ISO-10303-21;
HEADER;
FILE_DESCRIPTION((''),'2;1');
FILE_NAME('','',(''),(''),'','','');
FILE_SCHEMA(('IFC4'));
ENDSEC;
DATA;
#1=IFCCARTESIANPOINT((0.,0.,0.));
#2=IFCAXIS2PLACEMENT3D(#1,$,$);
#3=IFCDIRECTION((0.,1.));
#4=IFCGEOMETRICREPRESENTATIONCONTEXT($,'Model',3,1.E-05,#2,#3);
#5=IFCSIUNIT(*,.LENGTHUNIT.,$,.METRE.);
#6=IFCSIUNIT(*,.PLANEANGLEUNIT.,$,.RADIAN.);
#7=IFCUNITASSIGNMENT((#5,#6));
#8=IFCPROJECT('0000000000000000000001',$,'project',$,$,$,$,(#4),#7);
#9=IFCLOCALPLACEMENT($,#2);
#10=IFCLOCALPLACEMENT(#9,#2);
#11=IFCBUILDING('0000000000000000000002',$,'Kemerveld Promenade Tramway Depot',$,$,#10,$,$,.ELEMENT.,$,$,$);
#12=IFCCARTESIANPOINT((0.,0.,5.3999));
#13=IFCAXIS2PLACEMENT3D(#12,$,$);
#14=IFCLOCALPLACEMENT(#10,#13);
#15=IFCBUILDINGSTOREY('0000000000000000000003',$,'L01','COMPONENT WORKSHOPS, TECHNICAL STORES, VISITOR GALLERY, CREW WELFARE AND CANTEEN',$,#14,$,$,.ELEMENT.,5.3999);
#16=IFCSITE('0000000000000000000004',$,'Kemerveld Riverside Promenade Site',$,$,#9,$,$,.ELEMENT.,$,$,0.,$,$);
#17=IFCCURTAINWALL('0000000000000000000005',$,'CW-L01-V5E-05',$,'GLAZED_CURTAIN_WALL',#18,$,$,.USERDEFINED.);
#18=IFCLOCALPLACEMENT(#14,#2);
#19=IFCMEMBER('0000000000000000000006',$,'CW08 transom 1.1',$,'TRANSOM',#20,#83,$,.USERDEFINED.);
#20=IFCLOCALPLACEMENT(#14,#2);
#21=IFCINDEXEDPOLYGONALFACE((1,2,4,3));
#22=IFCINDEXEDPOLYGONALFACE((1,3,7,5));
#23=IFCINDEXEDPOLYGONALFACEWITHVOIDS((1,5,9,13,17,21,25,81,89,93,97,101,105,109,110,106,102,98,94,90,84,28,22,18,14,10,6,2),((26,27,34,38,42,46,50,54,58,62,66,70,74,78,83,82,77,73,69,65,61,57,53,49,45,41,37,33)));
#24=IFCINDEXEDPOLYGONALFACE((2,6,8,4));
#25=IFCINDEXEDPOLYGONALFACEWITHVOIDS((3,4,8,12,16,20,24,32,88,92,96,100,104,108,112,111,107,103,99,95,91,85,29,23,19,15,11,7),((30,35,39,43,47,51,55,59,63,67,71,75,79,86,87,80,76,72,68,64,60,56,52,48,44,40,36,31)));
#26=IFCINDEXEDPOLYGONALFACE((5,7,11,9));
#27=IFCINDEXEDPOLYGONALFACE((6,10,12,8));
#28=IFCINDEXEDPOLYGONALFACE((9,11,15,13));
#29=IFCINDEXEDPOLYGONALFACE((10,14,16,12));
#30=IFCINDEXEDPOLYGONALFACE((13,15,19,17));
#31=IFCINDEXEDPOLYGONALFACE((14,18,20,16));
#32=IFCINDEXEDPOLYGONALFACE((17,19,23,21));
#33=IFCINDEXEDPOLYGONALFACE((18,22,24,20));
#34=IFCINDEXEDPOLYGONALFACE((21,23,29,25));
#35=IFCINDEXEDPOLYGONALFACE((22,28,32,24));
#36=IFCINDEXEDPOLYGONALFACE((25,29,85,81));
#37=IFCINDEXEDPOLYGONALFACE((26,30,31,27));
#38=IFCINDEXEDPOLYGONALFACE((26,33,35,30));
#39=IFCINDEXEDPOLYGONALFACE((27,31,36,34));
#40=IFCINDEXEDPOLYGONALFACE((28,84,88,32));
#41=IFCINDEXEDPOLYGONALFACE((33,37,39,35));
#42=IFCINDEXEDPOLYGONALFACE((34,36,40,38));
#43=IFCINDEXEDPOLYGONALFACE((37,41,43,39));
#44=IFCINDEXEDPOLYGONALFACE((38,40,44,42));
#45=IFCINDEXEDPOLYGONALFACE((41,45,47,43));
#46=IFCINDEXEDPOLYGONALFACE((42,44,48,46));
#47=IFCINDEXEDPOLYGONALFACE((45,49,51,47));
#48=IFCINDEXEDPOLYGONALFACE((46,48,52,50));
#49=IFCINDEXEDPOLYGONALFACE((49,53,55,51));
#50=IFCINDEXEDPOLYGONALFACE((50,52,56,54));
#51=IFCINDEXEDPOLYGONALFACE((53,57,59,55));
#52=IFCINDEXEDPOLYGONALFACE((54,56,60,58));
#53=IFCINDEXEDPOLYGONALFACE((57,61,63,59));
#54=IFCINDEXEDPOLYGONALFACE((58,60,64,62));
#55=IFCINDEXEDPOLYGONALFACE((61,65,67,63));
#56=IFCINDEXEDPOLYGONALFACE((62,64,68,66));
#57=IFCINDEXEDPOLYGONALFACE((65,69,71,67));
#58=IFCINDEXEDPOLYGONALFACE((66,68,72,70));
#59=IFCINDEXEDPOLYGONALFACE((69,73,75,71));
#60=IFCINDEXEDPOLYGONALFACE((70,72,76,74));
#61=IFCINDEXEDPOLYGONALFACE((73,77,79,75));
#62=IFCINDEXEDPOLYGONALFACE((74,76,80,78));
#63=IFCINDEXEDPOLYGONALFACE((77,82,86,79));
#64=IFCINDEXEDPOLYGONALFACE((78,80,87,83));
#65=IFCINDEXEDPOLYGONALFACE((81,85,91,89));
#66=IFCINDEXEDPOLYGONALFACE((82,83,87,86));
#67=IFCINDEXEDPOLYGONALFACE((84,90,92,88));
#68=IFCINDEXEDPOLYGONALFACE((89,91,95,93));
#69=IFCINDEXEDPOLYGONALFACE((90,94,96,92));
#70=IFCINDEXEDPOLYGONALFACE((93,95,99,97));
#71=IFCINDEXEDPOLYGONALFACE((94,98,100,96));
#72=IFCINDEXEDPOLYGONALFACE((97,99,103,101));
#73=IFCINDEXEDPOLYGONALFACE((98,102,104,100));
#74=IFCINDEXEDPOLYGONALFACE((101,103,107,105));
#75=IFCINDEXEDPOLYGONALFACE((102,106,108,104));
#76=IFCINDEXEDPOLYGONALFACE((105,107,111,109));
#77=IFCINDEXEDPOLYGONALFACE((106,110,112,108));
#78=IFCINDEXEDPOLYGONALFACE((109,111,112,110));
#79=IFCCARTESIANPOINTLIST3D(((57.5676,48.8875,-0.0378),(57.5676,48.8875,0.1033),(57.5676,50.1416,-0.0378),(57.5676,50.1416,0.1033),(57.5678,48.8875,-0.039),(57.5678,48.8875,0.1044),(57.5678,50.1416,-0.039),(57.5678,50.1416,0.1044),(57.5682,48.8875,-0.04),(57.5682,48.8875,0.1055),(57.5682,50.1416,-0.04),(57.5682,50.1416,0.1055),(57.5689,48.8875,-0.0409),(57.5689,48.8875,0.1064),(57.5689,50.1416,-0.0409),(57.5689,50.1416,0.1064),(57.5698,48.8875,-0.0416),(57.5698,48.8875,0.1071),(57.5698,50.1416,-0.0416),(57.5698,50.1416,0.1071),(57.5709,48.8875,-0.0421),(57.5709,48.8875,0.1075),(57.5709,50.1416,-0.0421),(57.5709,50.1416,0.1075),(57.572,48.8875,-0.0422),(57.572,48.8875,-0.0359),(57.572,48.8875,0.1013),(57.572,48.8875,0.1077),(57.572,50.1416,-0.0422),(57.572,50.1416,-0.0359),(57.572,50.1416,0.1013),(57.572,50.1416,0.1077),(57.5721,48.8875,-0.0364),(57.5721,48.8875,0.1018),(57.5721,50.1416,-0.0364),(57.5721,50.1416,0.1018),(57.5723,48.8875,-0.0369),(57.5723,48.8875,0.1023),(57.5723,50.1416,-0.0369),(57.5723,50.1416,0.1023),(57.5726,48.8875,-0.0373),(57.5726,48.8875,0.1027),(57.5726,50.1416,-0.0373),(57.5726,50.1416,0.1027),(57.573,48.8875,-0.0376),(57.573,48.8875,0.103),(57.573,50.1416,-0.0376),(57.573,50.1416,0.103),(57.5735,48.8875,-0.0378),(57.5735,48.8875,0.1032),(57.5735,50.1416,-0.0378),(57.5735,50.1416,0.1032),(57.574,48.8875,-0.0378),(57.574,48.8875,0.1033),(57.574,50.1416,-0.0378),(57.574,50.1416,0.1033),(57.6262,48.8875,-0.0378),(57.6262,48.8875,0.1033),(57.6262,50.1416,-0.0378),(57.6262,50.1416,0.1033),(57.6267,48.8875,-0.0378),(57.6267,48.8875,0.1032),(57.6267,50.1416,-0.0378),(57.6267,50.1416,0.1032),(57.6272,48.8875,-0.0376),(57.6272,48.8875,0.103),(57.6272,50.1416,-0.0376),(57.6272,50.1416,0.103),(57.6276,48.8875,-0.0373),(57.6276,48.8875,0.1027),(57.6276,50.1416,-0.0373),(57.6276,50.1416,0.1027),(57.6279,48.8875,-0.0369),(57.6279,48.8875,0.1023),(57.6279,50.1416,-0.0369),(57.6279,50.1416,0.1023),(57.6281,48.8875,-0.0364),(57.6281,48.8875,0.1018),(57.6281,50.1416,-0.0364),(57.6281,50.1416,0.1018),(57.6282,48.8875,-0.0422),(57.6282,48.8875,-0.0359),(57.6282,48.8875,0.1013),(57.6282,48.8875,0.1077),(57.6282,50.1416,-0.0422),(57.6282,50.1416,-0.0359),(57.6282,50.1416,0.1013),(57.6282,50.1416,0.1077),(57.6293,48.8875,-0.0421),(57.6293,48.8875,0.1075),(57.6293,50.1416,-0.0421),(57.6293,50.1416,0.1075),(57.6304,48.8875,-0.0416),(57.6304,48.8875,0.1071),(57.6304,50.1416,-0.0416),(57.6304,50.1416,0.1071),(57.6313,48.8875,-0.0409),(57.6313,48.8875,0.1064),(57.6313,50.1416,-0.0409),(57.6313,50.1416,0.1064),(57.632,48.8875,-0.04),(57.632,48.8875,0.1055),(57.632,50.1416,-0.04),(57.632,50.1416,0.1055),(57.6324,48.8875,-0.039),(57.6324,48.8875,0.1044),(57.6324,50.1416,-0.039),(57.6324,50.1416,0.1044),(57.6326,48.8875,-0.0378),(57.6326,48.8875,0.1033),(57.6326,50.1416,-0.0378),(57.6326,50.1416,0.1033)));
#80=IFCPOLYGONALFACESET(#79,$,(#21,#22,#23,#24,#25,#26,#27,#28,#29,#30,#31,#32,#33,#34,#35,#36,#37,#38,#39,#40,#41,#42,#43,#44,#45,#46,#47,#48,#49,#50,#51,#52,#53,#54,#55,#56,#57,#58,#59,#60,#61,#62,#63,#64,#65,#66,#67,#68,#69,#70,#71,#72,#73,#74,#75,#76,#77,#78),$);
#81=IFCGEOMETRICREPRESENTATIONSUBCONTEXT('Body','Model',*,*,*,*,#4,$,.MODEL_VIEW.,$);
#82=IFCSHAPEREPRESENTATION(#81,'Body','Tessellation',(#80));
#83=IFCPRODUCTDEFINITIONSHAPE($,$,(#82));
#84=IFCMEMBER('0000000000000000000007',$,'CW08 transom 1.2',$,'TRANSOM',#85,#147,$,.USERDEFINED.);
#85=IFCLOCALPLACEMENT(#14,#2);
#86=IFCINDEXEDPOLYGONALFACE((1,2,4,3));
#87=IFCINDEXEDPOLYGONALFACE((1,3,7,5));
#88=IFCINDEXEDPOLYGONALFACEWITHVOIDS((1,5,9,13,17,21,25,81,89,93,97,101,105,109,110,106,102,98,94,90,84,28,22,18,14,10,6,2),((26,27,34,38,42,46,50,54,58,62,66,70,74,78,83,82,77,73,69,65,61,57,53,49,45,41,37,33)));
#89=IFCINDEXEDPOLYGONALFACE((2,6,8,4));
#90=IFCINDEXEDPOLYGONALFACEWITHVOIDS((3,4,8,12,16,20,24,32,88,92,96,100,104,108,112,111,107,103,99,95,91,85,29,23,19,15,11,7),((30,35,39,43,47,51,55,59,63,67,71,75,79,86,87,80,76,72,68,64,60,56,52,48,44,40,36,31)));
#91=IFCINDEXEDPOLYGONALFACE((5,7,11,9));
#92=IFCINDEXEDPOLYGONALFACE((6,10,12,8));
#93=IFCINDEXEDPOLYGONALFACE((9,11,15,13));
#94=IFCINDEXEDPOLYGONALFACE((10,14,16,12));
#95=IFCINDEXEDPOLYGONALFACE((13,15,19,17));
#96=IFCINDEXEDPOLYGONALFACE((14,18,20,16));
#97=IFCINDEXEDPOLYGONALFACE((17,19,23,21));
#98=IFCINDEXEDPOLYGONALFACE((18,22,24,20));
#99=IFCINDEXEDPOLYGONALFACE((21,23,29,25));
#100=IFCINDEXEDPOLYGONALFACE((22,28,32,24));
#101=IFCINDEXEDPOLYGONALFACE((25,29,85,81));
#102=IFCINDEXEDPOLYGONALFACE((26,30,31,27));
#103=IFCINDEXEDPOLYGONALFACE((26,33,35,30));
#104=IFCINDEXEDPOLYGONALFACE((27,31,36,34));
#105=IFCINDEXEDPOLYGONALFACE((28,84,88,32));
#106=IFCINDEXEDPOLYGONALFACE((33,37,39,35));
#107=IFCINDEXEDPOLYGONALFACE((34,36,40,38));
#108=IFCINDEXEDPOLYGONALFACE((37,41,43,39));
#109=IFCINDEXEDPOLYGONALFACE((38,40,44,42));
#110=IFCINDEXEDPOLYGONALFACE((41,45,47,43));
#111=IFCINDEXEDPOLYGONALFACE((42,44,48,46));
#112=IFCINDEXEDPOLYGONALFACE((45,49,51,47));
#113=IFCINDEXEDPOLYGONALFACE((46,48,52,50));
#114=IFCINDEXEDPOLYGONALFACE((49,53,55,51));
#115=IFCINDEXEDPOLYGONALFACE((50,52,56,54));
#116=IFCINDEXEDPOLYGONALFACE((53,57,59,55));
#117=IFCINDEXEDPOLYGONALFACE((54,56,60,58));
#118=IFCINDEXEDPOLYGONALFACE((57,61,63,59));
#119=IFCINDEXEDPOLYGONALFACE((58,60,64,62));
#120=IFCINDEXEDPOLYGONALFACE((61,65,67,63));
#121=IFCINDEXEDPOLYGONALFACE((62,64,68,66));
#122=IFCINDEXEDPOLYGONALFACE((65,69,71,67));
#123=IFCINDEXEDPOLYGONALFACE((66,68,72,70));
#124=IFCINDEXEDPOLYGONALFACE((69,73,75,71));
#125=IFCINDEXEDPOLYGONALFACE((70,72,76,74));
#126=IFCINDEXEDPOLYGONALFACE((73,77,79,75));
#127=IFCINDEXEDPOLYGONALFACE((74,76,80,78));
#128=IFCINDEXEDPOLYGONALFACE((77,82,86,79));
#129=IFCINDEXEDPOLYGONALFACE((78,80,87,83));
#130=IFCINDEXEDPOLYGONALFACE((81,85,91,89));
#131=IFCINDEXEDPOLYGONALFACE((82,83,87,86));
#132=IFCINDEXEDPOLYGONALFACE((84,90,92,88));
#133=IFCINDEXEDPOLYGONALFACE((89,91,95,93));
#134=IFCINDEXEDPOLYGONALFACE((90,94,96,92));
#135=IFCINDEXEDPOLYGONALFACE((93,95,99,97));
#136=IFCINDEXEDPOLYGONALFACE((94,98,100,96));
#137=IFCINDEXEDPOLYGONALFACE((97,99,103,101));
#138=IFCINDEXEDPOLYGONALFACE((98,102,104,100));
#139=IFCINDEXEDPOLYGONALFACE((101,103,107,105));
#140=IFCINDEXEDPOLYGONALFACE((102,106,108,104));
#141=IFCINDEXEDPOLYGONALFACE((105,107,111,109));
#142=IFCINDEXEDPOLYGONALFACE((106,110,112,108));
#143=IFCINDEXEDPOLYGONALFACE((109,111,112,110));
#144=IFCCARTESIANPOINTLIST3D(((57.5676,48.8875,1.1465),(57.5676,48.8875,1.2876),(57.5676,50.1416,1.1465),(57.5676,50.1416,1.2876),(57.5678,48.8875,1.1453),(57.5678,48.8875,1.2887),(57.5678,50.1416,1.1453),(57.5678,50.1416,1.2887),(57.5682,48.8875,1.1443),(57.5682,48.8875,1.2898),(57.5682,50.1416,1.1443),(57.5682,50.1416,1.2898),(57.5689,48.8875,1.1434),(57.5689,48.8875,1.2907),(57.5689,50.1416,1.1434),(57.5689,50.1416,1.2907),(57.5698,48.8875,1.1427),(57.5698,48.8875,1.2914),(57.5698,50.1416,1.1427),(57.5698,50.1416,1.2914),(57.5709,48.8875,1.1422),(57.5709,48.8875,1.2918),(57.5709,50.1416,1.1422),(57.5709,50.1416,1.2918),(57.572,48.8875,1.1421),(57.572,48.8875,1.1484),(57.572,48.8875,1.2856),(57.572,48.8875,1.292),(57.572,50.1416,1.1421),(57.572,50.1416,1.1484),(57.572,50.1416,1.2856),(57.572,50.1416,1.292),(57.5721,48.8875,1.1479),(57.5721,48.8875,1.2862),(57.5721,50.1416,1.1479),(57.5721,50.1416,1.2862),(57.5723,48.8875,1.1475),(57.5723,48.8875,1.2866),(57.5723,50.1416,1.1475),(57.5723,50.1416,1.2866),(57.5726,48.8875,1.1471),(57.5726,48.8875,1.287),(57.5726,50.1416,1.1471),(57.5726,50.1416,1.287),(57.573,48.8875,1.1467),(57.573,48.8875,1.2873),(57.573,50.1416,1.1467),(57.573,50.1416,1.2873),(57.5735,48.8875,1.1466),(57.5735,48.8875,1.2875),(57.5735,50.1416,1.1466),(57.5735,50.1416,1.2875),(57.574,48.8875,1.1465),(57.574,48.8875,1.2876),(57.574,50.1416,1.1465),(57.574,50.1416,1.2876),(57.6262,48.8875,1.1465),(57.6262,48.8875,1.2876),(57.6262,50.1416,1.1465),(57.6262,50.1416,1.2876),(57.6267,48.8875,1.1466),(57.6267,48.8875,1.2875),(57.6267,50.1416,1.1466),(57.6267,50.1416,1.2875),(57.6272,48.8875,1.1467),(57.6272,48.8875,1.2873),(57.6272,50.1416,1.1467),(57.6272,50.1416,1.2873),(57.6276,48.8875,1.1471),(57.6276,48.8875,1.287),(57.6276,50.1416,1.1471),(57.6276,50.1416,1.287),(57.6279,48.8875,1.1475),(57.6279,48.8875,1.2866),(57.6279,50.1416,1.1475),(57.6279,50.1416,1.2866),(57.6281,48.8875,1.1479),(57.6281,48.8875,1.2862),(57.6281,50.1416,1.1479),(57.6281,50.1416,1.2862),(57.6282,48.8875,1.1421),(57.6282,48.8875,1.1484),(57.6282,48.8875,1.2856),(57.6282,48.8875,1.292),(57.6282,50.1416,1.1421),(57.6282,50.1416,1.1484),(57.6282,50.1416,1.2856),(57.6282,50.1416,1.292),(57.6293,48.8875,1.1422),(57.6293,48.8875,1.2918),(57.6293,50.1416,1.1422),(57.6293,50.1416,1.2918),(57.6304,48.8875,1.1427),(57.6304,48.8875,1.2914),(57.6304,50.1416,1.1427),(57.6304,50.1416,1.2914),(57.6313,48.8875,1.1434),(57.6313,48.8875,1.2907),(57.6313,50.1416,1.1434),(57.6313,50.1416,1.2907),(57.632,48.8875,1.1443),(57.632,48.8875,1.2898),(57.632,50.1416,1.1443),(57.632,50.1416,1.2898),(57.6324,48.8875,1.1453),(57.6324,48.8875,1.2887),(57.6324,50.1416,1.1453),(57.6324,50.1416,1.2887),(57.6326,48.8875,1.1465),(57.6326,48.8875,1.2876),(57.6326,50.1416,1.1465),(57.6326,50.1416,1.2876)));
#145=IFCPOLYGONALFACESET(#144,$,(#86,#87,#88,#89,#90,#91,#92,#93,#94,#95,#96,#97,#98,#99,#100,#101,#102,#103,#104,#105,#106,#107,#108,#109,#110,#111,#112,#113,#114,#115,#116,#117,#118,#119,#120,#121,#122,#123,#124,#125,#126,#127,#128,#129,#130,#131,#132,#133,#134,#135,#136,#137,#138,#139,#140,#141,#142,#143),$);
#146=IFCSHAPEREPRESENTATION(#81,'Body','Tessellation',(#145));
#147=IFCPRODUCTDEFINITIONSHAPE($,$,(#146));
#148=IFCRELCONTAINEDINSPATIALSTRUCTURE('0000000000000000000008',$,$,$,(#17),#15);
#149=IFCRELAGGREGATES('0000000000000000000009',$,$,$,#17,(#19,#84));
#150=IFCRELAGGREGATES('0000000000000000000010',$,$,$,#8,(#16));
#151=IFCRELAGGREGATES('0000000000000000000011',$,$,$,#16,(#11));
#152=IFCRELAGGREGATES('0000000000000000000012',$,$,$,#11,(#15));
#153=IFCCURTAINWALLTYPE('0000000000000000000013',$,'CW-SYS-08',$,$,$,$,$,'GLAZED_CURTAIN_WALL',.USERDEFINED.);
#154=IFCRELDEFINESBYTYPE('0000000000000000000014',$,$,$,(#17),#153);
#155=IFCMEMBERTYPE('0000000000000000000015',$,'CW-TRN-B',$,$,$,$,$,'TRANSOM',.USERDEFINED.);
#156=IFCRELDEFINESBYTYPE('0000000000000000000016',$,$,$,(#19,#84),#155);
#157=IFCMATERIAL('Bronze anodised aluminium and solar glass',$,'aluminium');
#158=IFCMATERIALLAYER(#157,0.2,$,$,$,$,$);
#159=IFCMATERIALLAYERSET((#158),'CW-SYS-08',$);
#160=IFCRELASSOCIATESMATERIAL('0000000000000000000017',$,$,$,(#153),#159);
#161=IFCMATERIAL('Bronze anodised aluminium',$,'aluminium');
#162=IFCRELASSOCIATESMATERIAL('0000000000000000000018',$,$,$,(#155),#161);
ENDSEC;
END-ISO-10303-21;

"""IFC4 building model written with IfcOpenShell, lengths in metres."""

from ifc_helpers import new_model, si_unit, direction, frame, origin, origin_2d, place, context, subcontext, project, spatial, hollow_rectangle, extrude, material, layer, layer_set, material_profile, profile_set, type_object, element, aggregate, save


model = new_model("IFC4")

# Units and contexts
model_context = context("Model", 3, precision=1e-05, world=origin(), true_north=direction((0.0, 1.0)))
body_context = subcontext(model_context, "Body", "Model", "MODEL_VIEW")
ifc_project = project(units=[si_unit("LENGTHUNIT", "METRE"), si_unit("PLANEANGLEUNIT", "RADIAN")], contexts=[model_context])

# Site, building, storey
site_placement = place(None, origin())
site = spatial("IfcSite", under=ifc_project, at=site_placement, Name="Kemerveld Riverside Promenade Site", CompositionType="ELEMENT", RefElevation=0.0)
building_placement = place(site_placement, origin())
building = spatial("IfcBuilding", under=site, at=building_placement, Name="Kemerveld Promenade Tramway Depot", CompositionType="ELEMENT")
storey_placement = place(building_placement, frame((0.0, 0.0, 5.3999)))
storey = spatial("IfcBuildingStorey", under=building, at=storey_placement, Name="L01", Description="COMPONENT WORKSHOPS, TECHNICAL STORES, VISITOR GALLERY, CREW WELFARE AND CANTEEN", CompositionType="ELEMENT", Elevation=5.3999)

# Curtain wall, members
ifc_material_1 = material(Name="Bronze anodised aluminium and solar glass", Category="aluminium")
ifc_layer_1 = layer(ifc_material_1, 0.2)
ifc_layer_set_1 = layer_set([ifc_layer_1], Name="CW-SYS-08")
curtain_wall_type = type_object("IfcCurtainWallType", Name="CW-SYS-08", ElementType="GLAZED_CURTAIN_WALL", PredefinedType="USERDEFINED", material=ifc_layer_set_1)
curtain_wall_placement = place(storey_placement, origin())
curtain_wall = element("IfcCurtainWall", 1, at=curtain_wall_placement, inside=storey, type_object=curtain_wall_type, Name="CW-L01-V5E-05", ObjectType="GLAZED_CURTAIN_WALL", PredefinedType="USERDEFINED")
ifc_material_2 = material(Name="Bronze anodised aluminium", Category="aluminium")
ifc_material_profile_1 = material_profile(ifc_material_2, hollow_rectangle(XDim=0.0649, YDim=0.1499, WallThickness=0.0044, InnerFilletRadius=0.002, OuterFilletRadius=0.0044, at=origin_2d()), Name="CW-TRN-150x65")
ifc_profile_set_1 = profile_set([ifc_material_profile_1], Name="Bronze anodised aluminium")
member_type_1 = type_object("IfcMemberType", Name="CW-TRN-B", ElementType="TRANSOM", PredefinedType="USERDEFINED", material=ifc_profile_set_1)
member_1_placement = place(storey_placement, frame((57.6001, 50.1416, 0.0327), z_axis=(0.0, -1.0, 0.0), x_axis=(1.0, 0.0, 0.0)))
member_1 = element("IfcMember", 2, at=member_1_placement, type_object=member_type_1, Name="CW08 transom 1.1", ObjectType="TRANSOM", PredefinedType="USERDEFINED", context=body_context, shape_type="SweptSolid", body=[
    extrude(hollow_rectangle(XDim=0.0649, YDim=0.1499, WallThickness=0.0044, InnerFilletRadius=0.002, OuterFilletRadius=0.0044, at=origin_2d()), origin(), (0.0, 0.0, 1.0), 1.2542),
])
member_2_placement = place(storey_placement, frame((57.6001, 50.1416, 1.217), z_axis=(0.0, -1.0, 0.0), x_axis=(1.0, 0.0, 0.0)))
member_2 = element("IfcMember", 3, at=member_2_placement, type_object=member_type_1, Name="CW08 transom 1.2", ObjectType="TRANSOM", PredefinedType="USERDEFINED", context=body_context, shape_type="SweptSolid", body=[
    extrude(hollow_rectangle(XDim=0.0649, YDim=0.1499, WallThickness=0.0044, InnerFilletRadius=0.002, OuterFilletRadius=0.0044, at=origin_2d()), origin(), (0.0, 0.0, 1.0), 1.2542),
])
aggregate(curtain_wall, [member_1, member_2])

save(model, "model.ifc")
